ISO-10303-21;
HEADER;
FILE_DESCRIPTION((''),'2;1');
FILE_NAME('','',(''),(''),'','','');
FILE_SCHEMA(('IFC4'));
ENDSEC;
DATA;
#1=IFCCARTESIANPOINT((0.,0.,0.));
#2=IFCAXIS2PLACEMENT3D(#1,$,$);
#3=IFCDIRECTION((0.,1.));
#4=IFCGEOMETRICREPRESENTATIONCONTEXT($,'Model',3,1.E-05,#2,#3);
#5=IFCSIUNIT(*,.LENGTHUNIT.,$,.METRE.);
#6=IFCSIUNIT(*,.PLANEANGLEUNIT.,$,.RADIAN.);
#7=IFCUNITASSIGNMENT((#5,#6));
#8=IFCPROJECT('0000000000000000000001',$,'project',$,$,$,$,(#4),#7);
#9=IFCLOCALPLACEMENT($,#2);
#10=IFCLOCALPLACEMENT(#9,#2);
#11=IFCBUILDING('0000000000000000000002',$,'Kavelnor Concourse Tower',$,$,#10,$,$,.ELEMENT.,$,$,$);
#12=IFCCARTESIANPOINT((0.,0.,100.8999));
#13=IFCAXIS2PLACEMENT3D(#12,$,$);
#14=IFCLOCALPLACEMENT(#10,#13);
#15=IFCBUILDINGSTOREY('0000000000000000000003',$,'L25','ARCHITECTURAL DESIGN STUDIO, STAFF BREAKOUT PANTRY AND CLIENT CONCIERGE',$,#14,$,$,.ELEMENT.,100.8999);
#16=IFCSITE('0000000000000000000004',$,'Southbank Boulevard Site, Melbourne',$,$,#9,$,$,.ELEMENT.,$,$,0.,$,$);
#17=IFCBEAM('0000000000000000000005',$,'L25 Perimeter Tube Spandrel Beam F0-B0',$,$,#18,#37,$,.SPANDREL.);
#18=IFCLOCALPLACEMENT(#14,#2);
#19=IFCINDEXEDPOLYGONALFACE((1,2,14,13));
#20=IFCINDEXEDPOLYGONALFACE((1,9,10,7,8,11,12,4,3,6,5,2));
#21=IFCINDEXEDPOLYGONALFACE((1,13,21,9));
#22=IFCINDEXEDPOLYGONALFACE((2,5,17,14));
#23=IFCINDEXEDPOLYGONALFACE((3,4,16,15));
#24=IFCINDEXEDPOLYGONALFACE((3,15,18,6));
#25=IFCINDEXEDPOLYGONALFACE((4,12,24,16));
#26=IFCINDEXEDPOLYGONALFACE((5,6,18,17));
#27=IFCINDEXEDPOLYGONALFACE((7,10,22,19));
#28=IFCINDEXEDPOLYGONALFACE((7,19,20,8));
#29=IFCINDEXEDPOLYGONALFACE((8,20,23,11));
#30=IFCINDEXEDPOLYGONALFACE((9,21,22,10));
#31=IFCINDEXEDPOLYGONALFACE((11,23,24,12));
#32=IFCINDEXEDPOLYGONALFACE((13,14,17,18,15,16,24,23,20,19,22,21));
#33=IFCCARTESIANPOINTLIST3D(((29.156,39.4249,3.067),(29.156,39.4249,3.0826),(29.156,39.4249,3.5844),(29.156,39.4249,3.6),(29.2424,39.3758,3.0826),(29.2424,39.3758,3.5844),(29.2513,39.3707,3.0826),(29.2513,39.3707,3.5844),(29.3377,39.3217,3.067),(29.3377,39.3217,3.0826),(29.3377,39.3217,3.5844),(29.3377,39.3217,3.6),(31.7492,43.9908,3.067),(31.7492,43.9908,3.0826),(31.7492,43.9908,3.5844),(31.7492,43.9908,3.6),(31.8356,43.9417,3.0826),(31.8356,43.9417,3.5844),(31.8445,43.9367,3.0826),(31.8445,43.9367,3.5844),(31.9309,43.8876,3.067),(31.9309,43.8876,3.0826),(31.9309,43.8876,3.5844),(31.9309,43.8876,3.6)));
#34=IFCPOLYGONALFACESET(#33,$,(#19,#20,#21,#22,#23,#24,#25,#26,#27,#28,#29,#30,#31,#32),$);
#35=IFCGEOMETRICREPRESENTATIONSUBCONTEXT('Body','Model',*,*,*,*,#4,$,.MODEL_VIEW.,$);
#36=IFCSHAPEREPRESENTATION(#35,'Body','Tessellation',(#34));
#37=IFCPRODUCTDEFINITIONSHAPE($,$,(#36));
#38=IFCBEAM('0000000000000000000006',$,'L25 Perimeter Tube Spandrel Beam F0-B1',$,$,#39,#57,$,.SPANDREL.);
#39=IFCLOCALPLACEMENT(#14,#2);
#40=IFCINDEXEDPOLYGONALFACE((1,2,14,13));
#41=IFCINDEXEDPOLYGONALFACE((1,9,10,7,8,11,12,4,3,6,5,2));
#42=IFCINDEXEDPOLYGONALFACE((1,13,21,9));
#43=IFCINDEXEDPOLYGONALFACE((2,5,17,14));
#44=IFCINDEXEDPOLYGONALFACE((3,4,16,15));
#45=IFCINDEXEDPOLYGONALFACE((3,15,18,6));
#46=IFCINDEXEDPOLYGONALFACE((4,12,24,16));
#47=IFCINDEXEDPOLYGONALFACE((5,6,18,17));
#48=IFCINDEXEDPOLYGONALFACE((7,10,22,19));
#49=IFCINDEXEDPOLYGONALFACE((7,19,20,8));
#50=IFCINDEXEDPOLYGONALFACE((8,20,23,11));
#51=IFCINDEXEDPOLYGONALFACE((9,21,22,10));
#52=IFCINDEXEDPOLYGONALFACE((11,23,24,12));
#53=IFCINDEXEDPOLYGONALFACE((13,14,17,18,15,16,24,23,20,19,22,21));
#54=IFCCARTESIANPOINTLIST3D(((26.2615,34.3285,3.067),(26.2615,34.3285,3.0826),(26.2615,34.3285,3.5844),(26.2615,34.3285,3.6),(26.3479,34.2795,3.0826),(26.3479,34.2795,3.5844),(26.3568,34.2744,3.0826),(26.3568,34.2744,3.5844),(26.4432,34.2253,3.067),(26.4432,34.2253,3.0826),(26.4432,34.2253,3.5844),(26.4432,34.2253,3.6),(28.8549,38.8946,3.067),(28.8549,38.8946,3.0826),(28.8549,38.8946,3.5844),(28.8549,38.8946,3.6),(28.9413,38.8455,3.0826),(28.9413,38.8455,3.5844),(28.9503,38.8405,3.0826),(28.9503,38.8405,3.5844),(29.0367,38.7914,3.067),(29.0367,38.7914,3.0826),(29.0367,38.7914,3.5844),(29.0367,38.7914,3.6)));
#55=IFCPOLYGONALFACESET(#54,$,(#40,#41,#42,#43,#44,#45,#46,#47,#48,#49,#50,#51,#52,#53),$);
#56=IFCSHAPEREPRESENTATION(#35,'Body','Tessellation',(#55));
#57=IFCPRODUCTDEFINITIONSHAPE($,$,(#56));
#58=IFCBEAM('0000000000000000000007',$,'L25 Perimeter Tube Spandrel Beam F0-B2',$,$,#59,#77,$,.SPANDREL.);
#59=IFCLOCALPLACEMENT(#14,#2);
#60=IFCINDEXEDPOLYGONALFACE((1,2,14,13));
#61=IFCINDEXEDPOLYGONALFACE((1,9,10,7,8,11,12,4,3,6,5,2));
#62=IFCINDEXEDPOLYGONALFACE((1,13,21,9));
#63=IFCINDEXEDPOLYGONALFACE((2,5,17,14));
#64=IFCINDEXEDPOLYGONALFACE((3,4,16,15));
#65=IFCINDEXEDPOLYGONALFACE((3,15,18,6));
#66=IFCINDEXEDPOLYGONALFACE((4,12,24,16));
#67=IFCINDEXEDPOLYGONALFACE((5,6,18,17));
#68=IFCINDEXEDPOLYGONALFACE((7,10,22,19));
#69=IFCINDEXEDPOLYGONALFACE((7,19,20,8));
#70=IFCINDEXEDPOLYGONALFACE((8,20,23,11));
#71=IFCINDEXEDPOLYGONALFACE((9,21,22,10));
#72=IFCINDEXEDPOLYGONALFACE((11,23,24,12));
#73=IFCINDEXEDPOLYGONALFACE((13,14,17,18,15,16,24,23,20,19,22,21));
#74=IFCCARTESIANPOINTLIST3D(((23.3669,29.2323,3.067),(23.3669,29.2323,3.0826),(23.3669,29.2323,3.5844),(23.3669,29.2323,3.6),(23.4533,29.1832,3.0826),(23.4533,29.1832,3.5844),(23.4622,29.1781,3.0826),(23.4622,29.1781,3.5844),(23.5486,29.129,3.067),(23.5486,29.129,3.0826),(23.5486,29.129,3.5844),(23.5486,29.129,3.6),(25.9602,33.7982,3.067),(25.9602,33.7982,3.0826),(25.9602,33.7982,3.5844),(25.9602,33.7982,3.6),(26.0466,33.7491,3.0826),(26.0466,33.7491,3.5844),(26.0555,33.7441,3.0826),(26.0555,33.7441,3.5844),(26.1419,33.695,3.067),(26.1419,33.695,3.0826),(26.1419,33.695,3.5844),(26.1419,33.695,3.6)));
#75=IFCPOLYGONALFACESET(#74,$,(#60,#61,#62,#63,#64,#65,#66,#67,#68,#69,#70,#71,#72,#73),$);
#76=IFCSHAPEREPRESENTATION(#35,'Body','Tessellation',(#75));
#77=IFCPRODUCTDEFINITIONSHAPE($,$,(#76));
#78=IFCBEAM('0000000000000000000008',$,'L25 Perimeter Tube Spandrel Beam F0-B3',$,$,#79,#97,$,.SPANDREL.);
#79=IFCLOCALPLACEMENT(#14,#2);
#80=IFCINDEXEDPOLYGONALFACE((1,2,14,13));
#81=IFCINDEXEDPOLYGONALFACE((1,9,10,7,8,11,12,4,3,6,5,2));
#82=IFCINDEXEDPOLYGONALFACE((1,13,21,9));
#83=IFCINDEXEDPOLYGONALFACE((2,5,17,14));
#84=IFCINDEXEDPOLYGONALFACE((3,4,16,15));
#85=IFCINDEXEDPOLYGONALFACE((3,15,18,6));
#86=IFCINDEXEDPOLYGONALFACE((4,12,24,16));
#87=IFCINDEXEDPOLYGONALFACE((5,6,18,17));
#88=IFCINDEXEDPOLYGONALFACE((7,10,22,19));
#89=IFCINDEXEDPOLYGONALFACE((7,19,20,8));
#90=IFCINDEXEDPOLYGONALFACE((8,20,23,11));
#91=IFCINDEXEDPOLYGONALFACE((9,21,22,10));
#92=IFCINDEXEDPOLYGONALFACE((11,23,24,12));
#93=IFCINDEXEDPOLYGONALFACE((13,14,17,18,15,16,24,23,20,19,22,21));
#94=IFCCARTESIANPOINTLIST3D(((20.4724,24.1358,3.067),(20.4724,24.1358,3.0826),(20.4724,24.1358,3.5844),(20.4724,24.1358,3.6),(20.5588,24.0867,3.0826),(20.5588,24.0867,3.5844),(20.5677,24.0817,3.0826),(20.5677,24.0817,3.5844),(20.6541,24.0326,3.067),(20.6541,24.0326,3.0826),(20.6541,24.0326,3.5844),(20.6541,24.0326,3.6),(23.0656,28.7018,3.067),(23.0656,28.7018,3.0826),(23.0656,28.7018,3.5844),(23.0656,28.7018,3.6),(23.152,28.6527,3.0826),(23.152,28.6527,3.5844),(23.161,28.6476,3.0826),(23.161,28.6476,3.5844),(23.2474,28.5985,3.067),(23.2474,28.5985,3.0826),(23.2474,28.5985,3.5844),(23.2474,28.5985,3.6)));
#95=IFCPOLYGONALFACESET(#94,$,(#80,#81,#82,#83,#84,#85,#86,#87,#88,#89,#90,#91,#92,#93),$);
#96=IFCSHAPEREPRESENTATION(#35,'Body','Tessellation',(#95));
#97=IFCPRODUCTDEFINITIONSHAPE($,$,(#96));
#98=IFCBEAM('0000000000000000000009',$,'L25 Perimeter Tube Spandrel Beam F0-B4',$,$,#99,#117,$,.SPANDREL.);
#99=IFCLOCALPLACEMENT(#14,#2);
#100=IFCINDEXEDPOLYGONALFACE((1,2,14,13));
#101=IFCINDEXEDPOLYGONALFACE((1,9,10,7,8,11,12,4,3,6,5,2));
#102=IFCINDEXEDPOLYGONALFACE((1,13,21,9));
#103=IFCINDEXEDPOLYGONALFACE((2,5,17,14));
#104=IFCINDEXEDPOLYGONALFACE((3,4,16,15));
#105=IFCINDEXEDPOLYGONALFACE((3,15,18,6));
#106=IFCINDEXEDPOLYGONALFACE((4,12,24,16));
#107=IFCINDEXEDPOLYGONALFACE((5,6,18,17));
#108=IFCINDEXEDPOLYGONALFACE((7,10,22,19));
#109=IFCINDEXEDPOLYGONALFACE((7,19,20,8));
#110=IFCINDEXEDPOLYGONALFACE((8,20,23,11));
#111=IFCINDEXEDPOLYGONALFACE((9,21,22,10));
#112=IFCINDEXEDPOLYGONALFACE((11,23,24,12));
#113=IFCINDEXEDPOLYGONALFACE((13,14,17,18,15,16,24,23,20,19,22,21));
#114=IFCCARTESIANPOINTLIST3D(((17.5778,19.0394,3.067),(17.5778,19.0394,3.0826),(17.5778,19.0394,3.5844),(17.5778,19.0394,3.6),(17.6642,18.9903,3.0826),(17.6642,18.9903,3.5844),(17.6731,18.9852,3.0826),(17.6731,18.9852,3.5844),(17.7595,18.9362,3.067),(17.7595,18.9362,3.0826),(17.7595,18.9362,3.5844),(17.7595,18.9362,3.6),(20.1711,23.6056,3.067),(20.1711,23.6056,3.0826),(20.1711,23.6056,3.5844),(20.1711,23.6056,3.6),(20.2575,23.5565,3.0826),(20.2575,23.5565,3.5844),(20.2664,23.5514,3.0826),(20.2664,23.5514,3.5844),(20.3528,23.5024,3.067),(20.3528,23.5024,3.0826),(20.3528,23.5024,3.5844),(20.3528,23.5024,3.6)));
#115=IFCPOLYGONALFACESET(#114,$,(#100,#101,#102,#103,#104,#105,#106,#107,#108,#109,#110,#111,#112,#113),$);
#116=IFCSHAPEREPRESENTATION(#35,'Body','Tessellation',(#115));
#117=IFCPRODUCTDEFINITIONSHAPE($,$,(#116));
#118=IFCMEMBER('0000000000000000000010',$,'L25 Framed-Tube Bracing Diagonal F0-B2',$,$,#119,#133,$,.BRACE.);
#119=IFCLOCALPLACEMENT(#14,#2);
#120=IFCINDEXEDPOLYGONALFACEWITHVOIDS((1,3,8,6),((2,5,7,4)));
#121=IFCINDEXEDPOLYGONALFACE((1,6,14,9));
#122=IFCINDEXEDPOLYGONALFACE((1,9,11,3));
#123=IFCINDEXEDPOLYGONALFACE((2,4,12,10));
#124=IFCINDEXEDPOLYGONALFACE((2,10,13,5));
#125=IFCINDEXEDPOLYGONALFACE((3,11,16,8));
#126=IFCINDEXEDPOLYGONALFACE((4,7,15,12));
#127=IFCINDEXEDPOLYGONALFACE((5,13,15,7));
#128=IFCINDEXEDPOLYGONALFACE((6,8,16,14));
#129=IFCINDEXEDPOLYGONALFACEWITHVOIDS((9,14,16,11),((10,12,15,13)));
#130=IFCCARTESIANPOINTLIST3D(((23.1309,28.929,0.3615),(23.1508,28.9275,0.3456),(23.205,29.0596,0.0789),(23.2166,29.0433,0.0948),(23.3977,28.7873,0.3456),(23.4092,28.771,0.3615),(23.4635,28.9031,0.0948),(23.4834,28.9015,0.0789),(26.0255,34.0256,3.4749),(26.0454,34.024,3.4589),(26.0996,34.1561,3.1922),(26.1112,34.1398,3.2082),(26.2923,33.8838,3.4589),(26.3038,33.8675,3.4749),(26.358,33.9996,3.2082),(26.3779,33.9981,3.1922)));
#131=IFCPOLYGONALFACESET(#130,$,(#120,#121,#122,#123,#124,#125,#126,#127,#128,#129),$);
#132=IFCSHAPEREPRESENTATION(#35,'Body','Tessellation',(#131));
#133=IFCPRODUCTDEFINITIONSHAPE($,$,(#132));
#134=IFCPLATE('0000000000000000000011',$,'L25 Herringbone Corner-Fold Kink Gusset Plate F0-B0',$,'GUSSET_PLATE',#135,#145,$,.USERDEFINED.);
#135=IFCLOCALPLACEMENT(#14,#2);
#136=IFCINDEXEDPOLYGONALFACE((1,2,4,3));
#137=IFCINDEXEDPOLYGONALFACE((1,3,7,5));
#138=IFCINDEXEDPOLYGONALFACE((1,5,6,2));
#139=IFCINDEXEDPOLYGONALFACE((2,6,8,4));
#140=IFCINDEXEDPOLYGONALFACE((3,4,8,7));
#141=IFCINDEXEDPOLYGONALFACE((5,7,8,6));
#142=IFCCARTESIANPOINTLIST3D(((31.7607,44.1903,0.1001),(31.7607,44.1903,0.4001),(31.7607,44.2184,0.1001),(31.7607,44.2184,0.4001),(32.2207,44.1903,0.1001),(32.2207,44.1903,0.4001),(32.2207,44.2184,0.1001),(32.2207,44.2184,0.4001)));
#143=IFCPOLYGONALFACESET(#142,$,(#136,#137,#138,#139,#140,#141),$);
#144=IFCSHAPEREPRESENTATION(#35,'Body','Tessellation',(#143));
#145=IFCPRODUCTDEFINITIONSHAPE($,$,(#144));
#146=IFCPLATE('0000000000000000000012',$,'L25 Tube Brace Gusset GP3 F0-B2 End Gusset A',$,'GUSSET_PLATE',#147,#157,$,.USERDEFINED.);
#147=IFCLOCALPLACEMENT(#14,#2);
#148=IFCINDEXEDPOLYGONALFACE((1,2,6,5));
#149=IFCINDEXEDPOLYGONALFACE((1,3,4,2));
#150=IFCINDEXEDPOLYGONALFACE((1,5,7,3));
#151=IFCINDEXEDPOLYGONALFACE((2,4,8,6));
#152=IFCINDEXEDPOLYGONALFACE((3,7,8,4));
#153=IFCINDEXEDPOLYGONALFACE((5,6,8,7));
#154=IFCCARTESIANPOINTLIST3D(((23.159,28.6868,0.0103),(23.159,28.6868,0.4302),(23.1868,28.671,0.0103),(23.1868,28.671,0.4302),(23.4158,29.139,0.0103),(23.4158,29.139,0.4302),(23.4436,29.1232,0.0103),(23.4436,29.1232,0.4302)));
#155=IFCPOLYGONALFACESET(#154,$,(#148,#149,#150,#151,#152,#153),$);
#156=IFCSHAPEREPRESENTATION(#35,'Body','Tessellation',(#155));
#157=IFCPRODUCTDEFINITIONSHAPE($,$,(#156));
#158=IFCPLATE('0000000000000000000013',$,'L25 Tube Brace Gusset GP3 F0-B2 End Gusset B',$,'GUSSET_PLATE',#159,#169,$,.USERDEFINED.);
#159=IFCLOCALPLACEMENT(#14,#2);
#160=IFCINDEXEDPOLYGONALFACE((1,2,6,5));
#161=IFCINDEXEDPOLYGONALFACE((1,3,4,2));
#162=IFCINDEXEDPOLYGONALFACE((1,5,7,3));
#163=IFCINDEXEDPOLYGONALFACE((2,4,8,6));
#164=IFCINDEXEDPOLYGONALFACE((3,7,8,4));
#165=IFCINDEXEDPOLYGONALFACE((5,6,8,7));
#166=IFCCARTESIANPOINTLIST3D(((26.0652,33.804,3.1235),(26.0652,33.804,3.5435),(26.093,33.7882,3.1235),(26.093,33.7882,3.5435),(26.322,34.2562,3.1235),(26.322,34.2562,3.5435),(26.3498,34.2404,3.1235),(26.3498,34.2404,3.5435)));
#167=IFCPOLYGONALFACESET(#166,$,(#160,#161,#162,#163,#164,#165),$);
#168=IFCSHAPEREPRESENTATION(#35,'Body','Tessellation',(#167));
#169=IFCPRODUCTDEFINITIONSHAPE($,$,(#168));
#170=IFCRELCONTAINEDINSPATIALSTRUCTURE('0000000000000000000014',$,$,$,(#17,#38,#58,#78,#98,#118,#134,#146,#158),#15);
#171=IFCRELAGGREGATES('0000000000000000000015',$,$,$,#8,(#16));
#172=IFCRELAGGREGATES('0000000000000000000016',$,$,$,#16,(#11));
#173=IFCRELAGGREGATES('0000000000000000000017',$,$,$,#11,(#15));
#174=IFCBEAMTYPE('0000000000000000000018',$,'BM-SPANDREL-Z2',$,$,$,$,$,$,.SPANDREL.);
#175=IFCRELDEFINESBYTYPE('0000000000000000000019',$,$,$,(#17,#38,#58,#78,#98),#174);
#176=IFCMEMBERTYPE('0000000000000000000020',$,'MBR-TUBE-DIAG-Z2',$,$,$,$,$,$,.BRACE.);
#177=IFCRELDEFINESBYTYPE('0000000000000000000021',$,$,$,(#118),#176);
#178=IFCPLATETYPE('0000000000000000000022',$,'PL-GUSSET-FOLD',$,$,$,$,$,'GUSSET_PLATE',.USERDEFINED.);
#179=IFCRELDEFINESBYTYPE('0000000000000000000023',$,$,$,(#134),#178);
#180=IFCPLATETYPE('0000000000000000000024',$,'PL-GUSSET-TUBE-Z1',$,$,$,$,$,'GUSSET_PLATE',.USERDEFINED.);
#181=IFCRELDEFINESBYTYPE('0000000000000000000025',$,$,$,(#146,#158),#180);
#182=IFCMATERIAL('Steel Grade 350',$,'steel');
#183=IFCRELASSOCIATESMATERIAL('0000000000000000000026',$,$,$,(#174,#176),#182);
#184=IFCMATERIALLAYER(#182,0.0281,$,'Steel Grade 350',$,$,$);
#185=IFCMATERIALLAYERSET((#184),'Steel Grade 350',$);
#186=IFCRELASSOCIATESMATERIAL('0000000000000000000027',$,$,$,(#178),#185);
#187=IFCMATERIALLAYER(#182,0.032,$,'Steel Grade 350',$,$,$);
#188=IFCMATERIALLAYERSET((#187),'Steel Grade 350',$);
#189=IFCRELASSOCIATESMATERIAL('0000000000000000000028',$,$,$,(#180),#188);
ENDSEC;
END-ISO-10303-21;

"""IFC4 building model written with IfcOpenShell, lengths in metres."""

from ifc_helpers import new_model, si_unit, direction, frame, origin, origin_2d, place, context, subcontext, project, spatial, rectangle, hollow_rectangle, i_section, extrude, material, layer, layer_set, material_profile, profile_set, type_object, element, save


model = new_model("IFC4")

# Units and contexts
model_context = context("Model", 3, precision=1e-05, world=origin(), true_north=direction((0.0, 1.0)))
body_context = subcontext(model_context, "Body", "Model", "MODEL_VIEW")
ifc_project = project(units=[si_unit("LENGTHUNIT", "METRE"), si_unit("PLANEANGLEUNIT", "RADIAN")], contexts=[model_context])

# Site, building, storey
site_placement = place(None, origin())
site = spatial("IfcSite", under=ifc_project, at=site_placement, Name="Southbank Boulevard Site, Melbourne", CompositionType="ELEMENT", RefElevation=0.0)
building_placement = place(site_placement, origin())
building = spatial("IfcBuilding", under=site, at=building_placement, Name="Kavelnor Concourse Tower", CompositionType="ELEMENT")
storey_placement = place(building_placement, frame((0.0, 0.0, 100.8999)))
storey = spatial("IfcBuildingStorey", under=building, at=storey_placement, Name="L25", Description="ARCHITECTURAL DESIGN STUDIO, STAFF BREAKOUT PANTRY AND CLIENT CONCIERGE", CompositionType="ELEMENT", Elevation=100.8999)

# Shared definitions
ifc_material_1 = material(Name="Steel Grade 350", Category="steel")

# Beams
ifc_material_profile_1 = material_profile(ifc_material_1, i_section(OverallWidth=0.209, OverallDepth=0.533, WebThickness=0.0103, FlangeThickness=0.0156, at=origin_2d()), Name="530UB92")
ifc_profile_set_1 = profile_set([ifc_material_profile_1], Name="Steel Grade 350")
beam_type_1 = type_object("IfcBeamType", Name="BM-SPANDREL-Z2", PredefinedType="SPANDREL", material=ifc_profile_set_1)
beam_1_placement = place(storey_placement, frame((31.8401, 43.9392, 3.3335), z_axis=(-0.493864, -0.869539, 0.0), x_axis=(0.869539, -0.493864, 0.0)))
element("IfcBeam", 1, at=beam_1_placement, inside=storey, type_object=beam_type_1, Name="L25 Perimeter Tube Spandrel Beam F0-B0", PredefinedType="SPANDREL", context=body_context, shape_type="SweptSolid", body=[
    extrude(i_section(OverallWidth=0.209, OverallDepth=0.533, WebThickness=0.0103, FlangeThickness=0.0156, at=origin_2d()), origin(), (0.0, 0.0, 1.0), 5.251),
])
beam_2_placement = place(storey_placement, frame((28.9458, 38.843, 3.3335), z_axis=(-0.493879, -0.869531, 0.0), x_axis=(0.869531, -0.493879, 0.0)))
element("IfcBeam", 2, at=beam_2_placement, inside=storey, type_object=beam_type_1, Name="L25 Perimeter Tube Spandrel Beam F0-B1", PredefinedType="SPANDREL", context=body_context, shape_type="SweptSolid", body=[
    extrude(i_section(OverallWidth=0.209, OverallDepth=0.533, WebThickness=0.0103, FlangeThickness=0.0156, at=origin_2d()), origin(), (0.0, 0.0, 1.0), 5.2512),
])
for number, where, z_axis, x_axis, name in (
    (3, (26.051, 33.7466, 3.3335), (-0.493864, -0.869539, 0.0), (0.869539, -0.493864, 0.0), "L25 Perimeter Tube Spandrel Beam F0-B2"),
    (4, (23.1565, 28.6501, 3.3335), (-0.493864, -0.869539, 0.0), (0.869539, -0.493864, 0.0), "L25 Perimeter Tube Spandrel Beam F0-B3"),
):
    element("IfcBeam", number, at=place(storey_placement, frame(where, z_axis=z_axis, x_axis=x_axis)), inside=storey, type_object=beam_type_1, Name=name, PredefinedType="SPANDREL", context=body_context, shape_type="SweptSolid", body=[
        extrude(i_section(OverallWidth=0.209, OverallDepth=0.533, WebThickness=0.0103, FlangeThickness=0.0156, at=origin_2d()), origin(), (0.0, 0.0, 1.0), 5.251),
    ])
beam_3_placement = place(storey_placement, frame((20.262, 23.554, 3.3335), z_axis=(-0.493844, -0.86955, 0.0), x_axis=(0.86955, -0.493844, 0.0)))
element("IfcBeam", 5, at=beam_3_placement, inside=storey, type_object=beam_type_1, Name="L25 Perimeter Tube Spandrel Beam F0-B4", PredefinedType="SPANDREL", context=body_context, shape_type="SweptSolid", body=[
    extrude(i_section(OverallWidth=0.209, OverallDepth=0.533, WebThickness=0.0103, FlangeThickness=0.0156, at=origin_2d()), origin(), (0.0, 0.0, 1.0), 5.2512),
])

# Member
ifc_material_profile_2 = material_profile(ifc_material_1, hollow_rectangle(XDim=0.3201, YDim=0.3201, WallThickness=0.0181, at=origin_2d()), Name="SHS 320x320x18")
ifc_profile_set_2 = profile_set([ifc_material_profile_2], Name="Steel Grade 350")
member_type = type_object("IfcMemberType", Name="MBR-TUBE-DIAG-Z2", PredefinedType="BRACE", material=ifc_profile_set_2)
member_placement = place(storey_placement, frame((23.3071, 28.9153, 0.2202), z_axis=(0.436147, 0.767928, 0.469108), x_axis=(-0.869542, 0.493858, 0.0)))
element("IfcMember", 6, at=member_placement, inside=storey, type_object=member_type, Name="L25 Framed-Tube Bracing Diagonal F0-B2", PredefinedType="BRACE", context=body_context, shape_type="SweptSolid", body=[
    extrude(hollow_rectangle(XDim=0.3201, YDim=0.3201, WallThickness=0.0181, at=origin_2d()), origin(), (0.0, 0.0, 1.0), 6.6367),
])

# Plates
ifc_layer_1 = layer(ifc_material_1, 0.0281, Name="Steel Grade 350")
ifc_layer_set_1 = layer_set([ifc_layer_1], Name="Steel Grade 350")
plate_type_1 = type_object("IfcPlateType", Name="PL-GUSSET-FOLD", ElementType="GUSSET_PLATE", PredefinedType="USERDEFINED", material=ifc_layer_set_1)
plate_placement = place(storey_placement, frame((31.9907, 44.2043, 0.1001), z_axis=(0.0, 0.0, 1.0), x_axis=(1.0, 0.0, 0.0)))
element("IfcPlate", 7, at=plate_placement, inside=storey, type_object=plate_type_1, Name="L25 Herringbone Corner-Fold Kink Gusset Plate F0-B0", ObjectType="GUSSET_PLATE", PredefinedType="USERDEFINED", context=body_context, shape_type="SweptSolid", body=[
    extrude(rectangle(XDim=0.46, YDim=0.0281, at=origin_2d()), origin(), (0.0, 0.0, 1.0), 0.3),
])
ifc_layer_2 = layer(ifc_material_1, 0.032, Name="Steel Grade 350")
ifc_layer_set_2 = layer_set([ifc_layer_2], Name="Steel Grade 350")
plate_type_2 = type_object("IfcPlateType", Name="PL-GUSSET-TUBE-Z1", ElementType="GUSSET_PLATE", PredefinedType="USERDEFINED", material=ifc_layer_set_2)
for number, where, z_axis, x_axis, name in (
    (8, (23.3013, 28.905, 0.0103), (0.0, 0.0, 1.0), (0.49379, 0.869581, 0.0), "L25 Tube Brace Gusset GP3 F0-B2 End Gusset A"),
    (9, (26.2075, 34.0222, 3.1235), (0.0, 0.0, 1.0), (0.49379, 0.869581, 0.0), "L25 Tube Brace Gusset GP3 F0-B2 End Gusset B"),
):
    element("IfcPlate", number, at=place(storey_placement, frame(where, z_axis=z_axis, x_axis=x_axis)), inside=storey, type_object=plate_type_2, Name=name, ObjectType="GUSSET_PLATE", PredefinedType="USERDEFINED", context=body_context, shape_type="SweptSolid", body=[
        extrude(rectangle(XDim=0.52, YDim=0.032, at=origin_2d()), origin(), (0.0, 0.0, 1.0), 0.4199),
    ])

save(model, "model.ifc")
